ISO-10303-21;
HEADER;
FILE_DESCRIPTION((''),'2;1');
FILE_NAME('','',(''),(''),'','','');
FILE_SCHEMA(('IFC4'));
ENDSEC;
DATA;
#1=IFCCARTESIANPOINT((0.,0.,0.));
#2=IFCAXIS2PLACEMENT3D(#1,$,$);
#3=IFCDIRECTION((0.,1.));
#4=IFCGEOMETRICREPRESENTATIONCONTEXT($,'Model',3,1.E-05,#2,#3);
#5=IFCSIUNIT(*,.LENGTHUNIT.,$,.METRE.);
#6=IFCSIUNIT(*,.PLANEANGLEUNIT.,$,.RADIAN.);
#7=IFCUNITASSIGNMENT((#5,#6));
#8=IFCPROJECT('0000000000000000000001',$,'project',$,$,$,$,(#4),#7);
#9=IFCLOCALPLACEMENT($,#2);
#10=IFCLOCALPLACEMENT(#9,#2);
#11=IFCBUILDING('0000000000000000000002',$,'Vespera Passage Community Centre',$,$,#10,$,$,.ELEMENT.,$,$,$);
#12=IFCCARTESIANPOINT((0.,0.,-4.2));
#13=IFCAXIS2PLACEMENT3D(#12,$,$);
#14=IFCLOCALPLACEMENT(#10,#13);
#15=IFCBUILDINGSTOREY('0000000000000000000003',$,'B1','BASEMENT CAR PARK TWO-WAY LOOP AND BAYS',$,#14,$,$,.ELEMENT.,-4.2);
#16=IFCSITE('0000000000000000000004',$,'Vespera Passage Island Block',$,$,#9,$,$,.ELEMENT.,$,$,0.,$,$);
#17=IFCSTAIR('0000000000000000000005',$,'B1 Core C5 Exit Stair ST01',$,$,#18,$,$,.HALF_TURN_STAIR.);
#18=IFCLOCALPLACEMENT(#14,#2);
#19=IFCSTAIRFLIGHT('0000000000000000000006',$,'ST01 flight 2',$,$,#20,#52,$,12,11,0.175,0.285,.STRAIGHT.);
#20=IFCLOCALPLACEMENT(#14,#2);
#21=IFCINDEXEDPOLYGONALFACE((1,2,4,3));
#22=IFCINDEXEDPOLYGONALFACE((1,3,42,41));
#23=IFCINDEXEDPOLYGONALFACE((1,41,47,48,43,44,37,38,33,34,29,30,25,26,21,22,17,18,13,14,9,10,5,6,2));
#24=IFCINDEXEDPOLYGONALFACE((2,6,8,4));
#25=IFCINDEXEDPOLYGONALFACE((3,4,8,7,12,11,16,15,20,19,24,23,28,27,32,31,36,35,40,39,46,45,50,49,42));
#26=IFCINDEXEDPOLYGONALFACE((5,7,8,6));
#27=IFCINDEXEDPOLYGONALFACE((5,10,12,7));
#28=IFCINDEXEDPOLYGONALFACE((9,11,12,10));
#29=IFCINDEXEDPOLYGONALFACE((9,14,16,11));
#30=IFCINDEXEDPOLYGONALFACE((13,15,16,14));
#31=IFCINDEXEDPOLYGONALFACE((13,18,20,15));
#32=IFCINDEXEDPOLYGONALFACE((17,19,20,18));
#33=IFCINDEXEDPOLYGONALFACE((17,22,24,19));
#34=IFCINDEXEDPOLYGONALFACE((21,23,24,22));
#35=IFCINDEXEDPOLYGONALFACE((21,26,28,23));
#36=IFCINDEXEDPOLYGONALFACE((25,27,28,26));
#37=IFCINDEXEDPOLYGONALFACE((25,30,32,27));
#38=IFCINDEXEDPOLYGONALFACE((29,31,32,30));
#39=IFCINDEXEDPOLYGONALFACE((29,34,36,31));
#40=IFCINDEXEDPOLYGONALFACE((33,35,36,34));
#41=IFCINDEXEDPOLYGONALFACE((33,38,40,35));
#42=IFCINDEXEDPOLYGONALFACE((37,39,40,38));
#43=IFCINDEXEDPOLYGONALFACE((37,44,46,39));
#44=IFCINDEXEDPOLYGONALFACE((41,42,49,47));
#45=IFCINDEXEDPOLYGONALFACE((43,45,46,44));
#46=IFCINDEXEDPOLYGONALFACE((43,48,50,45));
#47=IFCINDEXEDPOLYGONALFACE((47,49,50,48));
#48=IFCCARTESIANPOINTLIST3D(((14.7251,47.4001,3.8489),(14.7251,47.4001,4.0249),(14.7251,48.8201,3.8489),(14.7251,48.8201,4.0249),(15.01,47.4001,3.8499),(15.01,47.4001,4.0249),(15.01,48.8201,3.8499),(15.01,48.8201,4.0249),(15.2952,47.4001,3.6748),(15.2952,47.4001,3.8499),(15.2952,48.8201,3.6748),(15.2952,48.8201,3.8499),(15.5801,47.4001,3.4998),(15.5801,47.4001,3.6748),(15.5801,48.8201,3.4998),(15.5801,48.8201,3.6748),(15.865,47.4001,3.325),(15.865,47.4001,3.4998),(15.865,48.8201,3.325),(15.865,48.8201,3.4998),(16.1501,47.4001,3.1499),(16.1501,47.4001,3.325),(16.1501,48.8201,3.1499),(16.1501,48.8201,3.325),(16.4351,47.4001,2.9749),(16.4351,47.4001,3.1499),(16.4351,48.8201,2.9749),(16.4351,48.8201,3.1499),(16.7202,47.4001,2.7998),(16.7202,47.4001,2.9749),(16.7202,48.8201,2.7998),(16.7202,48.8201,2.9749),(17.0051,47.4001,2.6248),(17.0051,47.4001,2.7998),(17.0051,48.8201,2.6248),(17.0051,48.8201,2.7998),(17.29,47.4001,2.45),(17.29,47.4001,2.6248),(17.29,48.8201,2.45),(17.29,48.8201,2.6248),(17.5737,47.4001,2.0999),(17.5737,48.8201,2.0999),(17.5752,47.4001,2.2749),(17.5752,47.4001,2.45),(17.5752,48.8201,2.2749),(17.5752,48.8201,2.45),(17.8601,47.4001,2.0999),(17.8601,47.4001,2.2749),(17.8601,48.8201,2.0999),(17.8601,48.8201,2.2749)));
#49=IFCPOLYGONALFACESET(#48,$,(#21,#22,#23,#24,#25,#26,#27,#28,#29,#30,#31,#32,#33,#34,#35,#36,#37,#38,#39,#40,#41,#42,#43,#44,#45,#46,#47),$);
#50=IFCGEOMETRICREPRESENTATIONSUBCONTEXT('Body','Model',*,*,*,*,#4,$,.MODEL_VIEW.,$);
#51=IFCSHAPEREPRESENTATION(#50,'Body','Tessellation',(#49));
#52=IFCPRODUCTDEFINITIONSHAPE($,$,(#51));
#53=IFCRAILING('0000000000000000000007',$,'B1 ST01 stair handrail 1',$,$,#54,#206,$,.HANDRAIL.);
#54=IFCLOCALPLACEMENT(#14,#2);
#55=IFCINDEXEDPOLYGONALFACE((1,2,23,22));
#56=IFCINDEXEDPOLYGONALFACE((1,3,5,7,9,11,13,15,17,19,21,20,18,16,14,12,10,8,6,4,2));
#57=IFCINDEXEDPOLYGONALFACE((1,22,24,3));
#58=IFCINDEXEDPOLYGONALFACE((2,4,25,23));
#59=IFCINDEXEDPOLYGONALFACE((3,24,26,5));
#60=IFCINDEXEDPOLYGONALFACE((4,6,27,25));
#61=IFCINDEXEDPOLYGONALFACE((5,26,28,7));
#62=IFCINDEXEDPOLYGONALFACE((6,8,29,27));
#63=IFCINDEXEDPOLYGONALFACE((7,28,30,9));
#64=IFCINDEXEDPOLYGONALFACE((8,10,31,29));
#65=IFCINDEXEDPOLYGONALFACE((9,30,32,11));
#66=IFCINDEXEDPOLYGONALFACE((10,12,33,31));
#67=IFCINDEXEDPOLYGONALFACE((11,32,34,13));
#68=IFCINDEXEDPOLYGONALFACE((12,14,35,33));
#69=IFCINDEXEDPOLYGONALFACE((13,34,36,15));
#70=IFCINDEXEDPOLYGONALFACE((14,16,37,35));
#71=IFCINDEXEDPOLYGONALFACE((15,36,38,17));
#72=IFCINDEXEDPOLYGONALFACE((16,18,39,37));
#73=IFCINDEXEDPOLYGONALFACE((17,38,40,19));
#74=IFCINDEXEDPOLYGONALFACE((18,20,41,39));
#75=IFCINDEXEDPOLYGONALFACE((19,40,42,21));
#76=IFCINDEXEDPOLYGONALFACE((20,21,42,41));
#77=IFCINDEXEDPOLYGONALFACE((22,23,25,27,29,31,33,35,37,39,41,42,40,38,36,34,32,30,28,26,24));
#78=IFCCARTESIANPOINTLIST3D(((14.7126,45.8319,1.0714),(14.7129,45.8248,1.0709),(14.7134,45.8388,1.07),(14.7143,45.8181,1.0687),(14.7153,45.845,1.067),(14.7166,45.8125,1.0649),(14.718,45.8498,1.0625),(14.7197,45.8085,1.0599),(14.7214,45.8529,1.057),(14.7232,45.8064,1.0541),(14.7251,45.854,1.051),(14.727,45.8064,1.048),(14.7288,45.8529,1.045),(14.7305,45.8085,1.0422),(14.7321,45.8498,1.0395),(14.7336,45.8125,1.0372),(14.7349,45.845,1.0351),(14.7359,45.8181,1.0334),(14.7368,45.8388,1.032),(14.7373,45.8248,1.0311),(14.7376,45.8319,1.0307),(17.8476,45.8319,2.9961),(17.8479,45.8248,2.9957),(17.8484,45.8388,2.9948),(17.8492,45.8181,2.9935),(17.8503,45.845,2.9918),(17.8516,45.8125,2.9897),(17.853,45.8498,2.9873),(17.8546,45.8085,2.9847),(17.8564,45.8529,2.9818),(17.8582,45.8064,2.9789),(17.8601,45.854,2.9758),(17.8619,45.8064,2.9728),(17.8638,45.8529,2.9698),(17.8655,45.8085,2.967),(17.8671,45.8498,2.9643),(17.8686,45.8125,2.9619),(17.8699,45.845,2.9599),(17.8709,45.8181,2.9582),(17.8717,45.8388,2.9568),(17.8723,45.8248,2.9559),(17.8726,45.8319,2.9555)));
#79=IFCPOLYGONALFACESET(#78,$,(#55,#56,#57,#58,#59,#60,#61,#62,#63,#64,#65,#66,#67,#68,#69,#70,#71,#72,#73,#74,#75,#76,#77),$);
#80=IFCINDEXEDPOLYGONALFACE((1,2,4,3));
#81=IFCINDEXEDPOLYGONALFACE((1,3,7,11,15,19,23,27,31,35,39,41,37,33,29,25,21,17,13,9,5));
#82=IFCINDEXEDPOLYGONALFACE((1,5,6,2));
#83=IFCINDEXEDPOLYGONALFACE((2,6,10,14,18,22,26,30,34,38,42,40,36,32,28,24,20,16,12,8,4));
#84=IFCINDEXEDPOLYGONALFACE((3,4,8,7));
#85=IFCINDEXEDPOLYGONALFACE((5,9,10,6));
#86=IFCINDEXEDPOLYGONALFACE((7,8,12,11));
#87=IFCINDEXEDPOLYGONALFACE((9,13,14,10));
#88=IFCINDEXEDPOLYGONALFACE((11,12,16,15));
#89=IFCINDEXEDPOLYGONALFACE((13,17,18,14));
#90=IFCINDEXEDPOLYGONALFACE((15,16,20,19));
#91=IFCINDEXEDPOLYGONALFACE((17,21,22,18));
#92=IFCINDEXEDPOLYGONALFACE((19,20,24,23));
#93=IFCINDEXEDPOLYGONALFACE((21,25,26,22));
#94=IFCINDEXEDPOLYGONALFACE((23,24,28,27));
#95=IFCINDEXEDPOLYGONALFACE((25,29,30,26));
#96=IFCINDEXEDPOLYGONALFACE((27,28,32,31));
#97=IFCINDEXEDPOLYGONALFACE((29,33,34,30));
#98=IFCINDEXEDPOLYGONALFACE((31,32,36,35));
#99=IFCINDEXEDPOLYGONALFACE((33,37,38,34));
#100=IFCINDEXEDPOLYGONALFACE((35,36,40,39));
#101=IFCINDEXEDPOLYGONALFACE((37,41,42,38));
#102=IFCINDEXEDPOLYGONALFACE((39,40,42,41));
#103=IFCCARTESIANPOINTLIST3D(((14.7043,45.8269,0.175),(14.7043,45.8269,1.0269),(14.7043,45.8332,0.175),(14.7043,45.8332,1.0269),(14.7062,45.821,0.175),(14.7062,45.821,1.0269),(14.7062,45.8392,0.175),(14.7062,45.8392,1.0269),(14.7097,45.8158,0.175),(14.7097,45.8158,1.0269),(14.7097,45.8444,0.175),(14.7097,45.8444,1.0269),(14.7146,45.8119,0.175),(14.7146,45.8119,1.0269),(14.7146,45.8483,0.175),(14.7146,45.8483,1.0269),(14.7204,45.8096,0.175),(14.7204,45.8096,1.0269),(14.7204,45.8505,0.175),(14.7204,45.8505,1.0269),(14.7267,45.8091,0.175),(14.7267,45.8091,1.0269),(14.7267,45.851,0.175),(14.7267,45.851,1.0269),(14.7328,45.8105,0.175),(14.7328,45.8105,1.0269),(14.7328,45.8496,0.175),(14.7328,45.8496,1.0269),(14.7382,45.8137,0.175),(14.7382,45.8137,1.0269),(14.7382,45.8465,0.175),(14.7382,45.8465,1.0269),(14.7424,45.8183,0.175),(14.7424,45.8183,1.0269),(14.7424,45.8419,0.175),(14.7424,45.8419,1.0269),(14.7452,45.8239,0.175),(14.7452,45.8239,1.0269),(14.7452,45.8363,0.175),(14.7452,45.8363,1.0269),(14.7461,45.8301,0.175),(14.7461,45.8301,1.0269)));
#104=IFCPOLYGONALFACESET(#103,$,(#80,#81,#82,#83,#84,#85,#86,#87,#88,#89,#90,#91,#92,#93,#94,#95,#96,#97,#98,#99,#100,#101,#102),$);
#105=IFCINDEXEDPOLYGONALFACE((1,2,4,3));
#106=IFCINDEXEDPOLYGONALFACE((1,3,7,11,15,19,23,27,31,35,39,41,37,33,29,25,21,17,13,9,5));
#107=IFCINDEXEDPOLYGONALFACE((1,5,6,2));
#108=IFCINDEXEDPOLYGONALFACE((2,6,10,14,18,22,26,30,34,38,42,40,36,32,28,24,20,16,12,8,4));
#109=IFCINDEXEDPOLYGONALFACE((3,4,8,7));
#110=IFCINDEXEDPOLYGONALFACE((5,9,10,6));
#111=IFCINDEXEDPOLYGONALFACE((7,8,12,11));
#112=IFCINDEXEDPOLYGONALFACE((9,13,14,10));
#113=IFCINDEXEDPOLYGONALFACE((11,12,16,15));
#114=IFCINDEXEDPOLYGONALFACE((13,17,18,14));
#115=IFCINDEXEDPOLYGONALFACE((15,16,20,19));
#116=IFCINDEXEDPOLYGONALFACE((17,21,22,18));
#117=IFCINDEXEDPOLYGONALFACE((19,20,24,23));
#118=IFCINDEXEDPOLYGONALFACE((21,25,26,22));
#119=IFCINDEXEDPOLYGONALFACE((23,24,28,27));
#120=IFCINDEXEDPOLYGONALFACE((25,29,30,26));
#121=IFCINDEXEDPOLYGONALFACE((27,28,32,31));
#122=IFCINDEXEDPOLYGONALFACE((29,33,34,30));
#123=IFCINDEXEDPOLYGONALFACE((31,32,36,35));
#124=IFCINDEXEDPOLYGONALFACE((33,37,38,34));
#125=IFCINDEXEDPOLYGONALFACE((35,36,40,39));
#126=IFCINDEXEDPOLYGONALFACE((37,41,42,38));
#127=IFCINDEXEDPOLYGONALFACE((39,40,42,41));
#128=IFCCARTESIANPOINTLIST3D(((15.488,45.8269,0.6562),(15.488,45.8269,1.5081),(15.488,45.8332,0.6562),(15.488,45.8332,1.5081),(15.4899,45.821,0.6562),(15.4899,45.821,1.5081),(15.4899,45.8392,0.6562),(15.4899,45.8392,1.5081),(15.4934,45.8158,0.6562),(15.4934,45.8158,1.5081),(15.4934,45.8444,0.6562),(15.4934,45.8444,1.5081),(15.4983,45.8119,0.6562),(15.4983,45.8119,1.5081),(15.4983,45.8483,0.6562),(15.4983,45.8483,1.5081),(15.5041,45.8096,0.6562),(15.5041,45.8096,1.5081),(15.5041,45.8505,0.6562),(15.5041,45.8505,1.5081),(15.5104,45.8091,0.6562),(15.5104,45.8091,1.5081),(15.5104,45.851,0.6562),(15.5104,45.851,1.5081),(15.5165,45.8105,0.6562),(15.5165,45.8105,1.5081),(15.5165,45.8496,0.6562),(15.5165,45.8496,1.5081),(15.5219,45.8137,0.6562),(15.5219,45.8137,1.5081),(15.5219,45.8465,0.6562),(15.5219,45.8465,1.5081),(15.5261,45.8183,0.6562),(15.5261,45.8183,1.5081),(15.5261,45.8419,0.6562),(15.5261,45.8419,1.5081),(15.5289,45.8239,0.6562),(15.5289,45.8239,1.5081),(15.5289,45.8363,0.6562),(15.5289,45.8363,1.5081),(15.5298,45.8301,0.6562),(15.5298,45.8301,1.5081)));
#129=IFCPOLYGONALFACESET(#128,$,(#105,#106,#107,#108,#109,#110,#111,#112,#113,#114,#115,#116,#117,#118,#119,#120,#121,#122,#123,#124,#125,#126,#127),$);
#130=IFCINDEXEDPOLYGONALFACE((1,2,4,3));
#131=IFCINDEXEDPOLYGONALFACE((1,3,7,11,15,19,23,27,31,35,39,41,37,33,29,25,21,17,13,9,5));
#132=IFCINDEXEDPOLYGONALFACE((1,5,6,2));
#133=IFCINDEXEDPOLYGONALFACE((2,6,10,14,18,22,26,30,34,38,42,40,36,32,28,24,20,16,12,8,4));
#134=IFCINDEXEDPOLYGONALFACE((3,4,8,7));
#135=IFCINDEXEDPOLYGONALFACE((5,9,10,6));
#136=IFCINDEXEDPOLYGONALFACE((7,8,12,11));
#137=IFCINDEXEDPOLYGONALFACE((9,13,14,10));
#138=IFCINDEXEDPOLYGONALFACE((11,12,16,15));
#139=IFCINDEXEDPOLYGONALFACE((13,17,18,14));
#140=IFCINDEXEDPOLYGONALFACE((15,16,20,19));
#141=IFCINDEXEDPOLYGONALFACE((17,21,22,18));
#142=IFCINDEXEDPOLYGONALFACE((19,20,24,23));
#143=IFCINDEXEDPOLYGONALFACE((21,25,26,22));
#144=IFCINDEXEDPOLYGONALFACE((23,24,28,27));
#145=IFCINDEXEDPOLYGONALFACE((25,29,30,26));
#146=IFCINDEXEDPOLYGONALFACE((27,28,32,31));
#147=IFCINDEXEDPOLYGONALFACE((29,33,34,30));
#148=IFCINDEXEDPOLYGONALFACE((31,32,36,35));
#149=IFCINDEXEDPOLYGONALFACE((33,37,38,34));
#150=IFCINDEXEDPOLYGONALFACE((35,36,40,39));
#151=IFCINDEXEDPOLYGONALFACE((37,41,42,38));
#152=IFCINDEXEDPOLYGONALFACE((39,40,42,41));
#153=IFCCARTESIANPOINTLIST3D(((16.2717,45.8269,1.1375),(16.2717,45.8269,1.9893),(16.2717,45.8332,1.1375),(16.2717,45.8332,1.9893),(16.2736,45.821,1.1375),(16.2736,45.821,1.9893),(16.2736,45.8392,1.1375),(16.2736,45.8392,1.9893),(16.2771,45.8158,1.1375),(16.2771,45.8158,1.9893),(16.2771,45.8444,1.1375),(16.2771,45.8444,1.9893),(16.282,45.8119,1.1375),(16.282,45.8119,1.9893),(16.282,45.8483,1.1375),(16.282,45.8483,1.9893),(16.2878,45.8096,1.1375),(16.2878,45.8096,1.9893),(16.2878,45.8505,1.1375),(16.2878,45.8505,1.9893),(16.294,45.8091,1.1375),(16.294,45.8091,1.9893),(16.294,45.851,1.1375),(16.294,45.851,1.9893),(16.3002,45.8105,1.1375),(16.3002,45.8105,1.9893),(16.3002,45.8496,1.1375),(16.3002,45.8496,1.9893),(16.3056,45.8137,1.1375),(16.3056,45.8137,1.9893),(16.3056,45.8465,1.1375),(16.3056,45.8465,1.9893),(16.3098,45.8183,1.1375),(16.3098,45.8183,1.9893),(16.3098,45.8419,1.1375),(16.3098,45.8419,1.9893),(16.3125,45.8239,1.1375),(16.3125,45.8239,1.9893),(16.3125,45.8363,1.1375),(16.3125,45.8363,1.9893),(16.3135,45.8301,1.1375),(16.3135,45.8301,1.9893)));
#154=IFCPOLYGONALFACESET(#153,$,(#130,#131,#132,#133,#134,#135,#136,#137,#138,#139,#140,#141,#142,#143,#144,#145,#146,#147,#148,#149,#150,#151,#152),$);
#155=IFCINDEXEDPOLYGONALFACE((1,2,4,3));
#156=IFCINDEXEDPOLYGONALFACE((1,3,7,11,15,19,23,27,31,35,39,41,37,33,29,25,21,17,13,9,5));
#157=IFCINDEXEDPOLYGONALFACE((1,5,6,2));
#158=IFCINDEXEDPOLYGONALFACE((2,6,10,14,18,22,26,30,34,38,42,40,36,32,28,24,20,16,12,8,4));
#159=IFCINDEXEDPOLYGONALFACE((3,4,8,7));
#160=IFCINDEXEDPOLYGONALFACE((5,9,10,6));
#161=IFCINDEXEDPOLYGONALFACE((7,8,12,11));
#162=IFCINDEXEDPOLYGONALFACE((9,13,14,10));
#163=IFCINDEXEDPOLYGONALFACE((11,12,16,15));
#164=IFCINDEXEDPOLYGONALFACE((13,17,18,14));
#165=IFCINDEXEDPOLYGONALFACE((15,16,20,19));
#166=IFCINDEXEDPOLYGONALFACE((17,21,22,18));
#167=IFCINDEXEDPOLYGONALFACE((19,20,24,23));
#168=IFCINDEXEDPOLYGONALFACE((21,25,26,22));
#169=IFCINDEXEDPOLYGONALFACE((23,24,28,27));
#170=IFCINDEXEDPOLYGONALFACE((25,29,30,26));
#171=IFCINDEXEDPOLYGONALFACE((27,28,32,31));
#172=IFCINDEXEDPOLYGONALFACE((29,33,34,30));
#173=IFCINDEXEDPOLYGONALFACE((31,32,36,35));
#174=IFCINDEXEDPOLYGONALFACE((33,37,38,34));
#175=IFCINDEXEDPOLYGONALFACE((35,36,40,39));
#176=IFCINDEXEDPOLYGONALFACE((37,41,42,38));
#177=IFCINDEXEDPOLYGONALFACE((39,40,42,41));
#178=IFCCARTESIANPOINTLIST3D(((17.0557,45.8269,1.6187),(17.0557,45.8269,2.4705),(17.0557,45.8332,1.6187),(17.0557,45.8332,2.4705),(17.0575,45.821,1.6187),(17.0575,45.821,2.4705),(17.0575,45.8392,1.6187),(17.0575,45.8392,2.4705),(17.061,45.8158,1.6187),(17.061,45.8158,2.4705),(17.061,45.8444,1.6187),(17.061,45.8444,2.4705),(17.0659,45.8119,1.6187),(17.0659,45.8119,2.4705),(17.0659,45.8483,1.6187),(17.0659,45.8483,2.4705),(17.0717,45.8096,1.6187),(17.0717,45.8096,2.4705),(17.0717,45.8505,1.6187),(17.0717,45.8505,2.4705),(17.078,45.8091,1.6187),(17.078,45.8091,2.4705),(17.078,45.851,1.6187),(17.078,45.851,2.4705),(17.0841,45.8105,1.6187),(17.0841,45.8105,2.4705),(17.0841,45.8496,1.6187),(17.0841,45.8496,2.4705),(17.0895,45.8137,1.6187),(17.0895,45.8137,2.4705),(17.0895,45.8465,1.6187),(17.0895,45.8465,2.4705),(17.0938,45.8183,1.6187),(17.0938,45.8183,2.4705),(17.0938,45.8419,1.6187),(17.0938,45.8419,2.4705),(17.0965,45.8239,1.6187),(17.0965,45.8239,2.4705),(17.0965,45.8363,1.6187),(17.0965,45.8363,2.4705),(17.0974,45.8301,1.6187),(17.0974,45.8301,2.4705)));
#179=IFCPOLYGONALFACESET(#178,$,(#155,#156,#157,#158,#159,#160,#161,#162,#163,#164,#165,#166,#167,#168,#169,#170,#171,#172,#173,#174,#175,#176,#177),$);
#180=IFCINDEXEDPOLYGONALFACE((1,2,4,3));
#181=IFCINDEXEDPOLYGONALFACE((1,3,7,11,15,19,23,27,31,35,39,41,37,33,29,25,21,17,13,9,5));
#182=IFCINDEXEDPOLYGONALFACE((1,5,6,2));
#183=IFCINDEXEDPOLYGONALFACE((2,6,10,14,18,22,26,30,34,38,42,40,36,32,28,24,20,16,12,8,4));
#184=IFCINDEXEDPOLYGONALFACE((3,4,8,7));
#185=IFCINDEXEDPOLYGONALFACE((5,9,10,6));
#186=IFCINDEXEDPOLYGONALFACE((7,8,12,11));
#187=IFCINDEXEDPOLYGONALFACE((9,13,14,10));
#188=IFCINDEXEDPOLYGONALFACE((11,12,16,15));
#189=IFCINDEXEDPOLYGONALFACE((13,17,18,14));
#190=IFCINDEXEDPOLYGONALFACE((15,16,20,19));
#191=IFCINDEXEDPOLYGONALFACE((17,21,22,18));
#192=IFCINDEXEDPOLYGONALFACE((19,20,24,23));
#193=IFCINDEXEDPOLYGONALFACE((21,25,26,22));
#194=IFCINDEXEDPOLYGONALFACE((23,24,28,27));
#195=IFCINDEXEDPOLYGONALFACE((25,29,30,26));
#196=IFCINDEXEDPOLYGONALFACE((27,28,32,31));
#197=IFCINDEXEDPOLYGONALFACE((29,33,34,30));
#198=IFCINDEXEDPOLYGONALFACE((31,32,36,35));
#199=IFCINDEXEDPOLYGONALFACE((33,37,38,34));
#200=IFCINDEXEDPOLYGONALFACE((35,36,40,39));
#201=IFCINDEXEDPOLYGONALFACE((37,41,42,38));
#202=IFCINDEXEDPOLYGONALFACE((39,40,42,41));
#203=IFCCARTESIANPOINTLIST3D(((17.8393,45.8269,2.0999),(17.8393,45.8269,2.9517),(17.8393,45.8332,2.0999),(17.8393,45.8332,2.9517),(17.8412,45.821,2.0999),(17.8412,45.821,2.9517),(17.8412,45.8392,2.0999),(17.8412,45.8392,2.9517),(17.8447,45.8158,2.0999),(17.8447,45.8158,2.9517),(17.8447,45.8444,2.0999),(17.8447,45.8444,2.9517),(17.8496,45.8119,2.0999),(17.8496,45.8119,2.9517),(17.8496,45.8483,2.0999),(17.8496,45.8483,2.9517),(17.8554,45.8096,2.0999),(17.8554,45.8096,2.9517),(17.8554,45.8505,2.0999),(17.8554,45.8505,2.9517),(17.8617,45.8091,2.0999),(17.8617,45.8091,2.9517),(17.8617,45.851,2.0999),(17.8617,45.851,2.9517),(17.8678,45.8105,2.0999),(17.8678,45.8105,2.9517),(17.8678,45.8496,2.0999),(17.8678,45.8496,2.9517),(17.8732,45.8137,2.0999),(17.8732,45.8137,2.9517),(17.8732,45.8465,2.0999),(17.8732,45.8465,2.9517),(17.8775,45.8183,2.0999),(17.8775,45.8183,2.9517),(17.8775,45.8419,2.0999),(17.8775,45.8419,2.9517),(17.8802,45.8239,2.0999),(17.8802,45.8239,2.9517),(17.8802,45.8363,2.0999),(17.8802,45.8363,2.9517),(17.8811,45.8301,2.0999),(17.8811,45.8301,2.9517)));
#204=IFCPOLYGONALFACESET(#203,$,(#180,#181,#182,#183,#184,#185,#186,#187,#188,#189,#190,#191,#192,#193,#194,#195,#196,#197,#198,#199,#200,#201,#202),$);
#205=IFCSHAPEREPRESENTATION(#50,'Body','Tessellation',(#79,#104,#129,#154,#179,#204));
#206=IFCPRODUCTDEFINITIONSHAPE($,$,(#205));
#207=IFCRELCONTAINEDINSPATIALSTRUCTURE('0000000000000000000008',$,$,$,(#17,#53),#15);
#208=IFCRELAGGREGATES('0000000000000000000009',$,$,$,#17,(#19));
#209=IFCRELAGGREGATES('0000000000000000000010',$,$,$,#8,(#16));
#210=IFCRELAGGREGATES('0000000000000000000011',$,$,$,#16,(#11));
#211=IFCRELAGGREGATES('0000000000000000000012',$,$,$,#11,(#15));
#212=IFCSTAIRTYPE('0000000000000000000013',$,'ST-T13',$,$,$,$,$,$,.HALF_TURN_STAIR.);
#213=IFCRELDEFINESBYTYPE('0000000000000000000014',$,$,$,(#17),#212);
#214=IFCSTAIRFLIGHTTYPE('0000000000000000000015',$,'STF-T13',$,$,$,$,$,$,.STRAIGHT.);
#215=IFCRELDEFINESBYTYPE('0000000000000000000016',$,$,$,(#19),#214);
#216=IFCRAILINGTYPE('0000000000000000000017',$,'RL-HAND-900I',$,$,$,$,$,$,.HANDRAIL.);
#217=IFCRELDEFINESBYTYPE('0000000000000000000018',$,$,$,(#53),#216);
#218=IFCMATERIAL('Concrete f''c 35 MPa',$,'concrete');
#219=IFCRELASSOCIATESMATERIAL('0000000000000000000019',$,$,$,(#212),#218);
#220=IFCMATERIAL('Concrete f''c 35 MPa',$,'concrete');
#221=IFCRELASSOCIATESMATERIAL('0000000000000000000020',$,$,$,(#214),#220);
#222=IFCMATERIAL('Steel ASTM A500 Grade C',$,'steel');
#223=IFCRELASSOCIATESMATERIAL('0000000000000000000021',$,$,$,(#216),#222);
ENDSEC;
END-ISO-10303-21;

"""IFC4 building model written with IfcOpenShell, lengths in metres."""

from ifc_helpers import new_model, si_unit, direction, frame, origin, origin_2d, place, context, subcontext, project, spatial, polyline, circle, outline, extrude, material, type_object, element, aggregate, save


model = new_model("IFC4")

# Units and contexts
model_context = context("Model", 3, precision=1e-05, world=origin(), true_north=direction((0.0, 1.0)))
body_context = subcontext(model_context, "Body", "Model", "MODEL_VIEW")
ifc_project = project(units=[si_unit("LENGTHUNIT", "METRE"), si_unit("PLANEANGLEUNIT", "RADIAN")], contexts=[model_context])

# Site, building, storey
site_placement = place(None, origin())
site = spatial("IfcSite", under=ifc_project, at=site_placement, Name="Vespera Passage Island Block", CompositionType="ELEMENT", RefElevation=0.0)
building_placement = place(site_placement, origin())
building = spatial("IfcBuilding", under=site, at=building_placement, Name="Vespera Passage Community Centre", CompositionType="ELEMENT")
storey_placement = place(building_placement, frame((0.0, 0.0, -4.2)))
storey = spatial("IfcBuildingStorey", under=building, at=storey_placement, Name="B1", Description="BASEMENT CAR PARK TWO-WAY LOOP AND BAYS", CompositionType="ELEMENT", Elevation=-4.2)

# Stair, stair flight
ifc_material_1 = material(Name="Concrete f'c 35 MPa", Category="concrete")
stair_type = type_object("IfcStairType", Name="ST-T13", PredefinedType="HALF_TURN_STAIR", material=ifc_material_1)
stair_placement = place(storey_placement, origin())
stair = element("IfcStair", 1, at=stair_placement, inside=storey, type_object=stair_type, Name="B1 Core C5 Exit Stair ST01", PredefinedType="HALF_TURN_STAIR")
ifc_material_2 = material(Name="Concrete f'c 35 MPa", Category="concrete")
stair_flight_type = type_object("IfcStairFlightType", Name="STF-T13", PredefinedType="STRAIGHT", material=ifc_material_2)
stair_flight_1_placement = place(storey_placement, frame((17.8601, 48.1101, 2.0999), z_axis=(0.0, 0.0, 1.0), x_axis=(-1.0, 0.0, 0.0)))
stair_flight_1 = element("IfcStairFlight", 2, at=stair_flight_1_placement, type_object=stair_flight_type, Name="ST01 flight 2", NumberOfRisers=12, NumberOfTreads=11, PredefinedType="STRAIGHT", RiserHeight=0.175, TreadLength=0.285, context=body_context, shape_type="SweptSolid", body=[
    extrude(outline(polyline([(0.0, 0.0), (0.0, 0.175), (0.2849, 0.175), (0.2849, 0.3501), (0.5701, 0.3501), (0.5701, 0.5249), (0.855, 0.5249), (0.855, 0.7), (1.1399, 0.7), (1.1399, 0.875), (1.425, 0.875), (1.425, 1.05), (1.71, 1.05), (1.71, 1.2251), (1.9951, 1.2251), (1.9951, 1.3999), (2.28, 1.3999), (2.28, 1.575), (2.5649, 1.575), (2.5649, 1.75), (2.8501, 1.75), (2.8501, 1.925), (3.135, 1.925), (3.135, 2.1001), (3.135, 1.749), (0.2864, 0.0), (0.0, 0.0)])), frame((0.0, 0.71, 0.0), z_axis=(0.0, -1.0, 0.0), x_axis=(1.0, 0.0, 0.0)), (0.0, 0.0, 1.0), 1.4199),
])
aggregate(stair, [stair_flight_1])

# Railing
ifc_material_3 = material(Name="Steel ASTM A500 Grade C", Category="steel")
railing_type_1 = type_object("IfcRailingType", Name="RL-HAND-900I", PredefinedType="HANDRAIL", material=ifc_material_3)
railing_1_placement = place(storey_placement, frame((14.7251, 45.8301, 0.175)))
element("IfcRailing", 3, at=railing_1_placement, inside=storey, type_object=railing_type_1, Name="B1 ST01 stair handrail 1", PredefinedType="HANDRAIL", context=body_context, shape_type="SweptSolid", body=[
    extrude(circle(Radius=0.0239, at=origin_2d()), frame((0.0, 0.0, 0.876), z_axis=(0.852196, 0.0, 0.523223), x_axis=(0.0, 1.0, 0.0)), (0.0, 0.0, 1.0), 3.6787),
    extrude(circle(Radius=0.021, at=origin_2d()), origin(), (0.0, 0.0, 1.0), 0.8518),
    extrude(circle(Radius=0.021, at=origin_2d()), frame((0.7837, 0.0, 0.4812)), (0.0, 0.0, 1.0), 0.8518),
    extrude(circle(Radius=0.021, at=origin_2d()), frame((1.5674, 0.0, 0.9624)), (0.0, 0.0, 1.0), 0.8518),
    extrude(circle(Radius=0.021, at=origin_2d()), frame((2.3513, 0.0, 1.4436)), (0.0, 0.0, 1.0), 0.8518),
    extrude(circle(Radius=0.021, at=origin_2d()), frame((3.135, 0.0, 1.9248)), (0.0, 0.0, 1.0), 0.8518),
])

save(model, "model.ifc")
